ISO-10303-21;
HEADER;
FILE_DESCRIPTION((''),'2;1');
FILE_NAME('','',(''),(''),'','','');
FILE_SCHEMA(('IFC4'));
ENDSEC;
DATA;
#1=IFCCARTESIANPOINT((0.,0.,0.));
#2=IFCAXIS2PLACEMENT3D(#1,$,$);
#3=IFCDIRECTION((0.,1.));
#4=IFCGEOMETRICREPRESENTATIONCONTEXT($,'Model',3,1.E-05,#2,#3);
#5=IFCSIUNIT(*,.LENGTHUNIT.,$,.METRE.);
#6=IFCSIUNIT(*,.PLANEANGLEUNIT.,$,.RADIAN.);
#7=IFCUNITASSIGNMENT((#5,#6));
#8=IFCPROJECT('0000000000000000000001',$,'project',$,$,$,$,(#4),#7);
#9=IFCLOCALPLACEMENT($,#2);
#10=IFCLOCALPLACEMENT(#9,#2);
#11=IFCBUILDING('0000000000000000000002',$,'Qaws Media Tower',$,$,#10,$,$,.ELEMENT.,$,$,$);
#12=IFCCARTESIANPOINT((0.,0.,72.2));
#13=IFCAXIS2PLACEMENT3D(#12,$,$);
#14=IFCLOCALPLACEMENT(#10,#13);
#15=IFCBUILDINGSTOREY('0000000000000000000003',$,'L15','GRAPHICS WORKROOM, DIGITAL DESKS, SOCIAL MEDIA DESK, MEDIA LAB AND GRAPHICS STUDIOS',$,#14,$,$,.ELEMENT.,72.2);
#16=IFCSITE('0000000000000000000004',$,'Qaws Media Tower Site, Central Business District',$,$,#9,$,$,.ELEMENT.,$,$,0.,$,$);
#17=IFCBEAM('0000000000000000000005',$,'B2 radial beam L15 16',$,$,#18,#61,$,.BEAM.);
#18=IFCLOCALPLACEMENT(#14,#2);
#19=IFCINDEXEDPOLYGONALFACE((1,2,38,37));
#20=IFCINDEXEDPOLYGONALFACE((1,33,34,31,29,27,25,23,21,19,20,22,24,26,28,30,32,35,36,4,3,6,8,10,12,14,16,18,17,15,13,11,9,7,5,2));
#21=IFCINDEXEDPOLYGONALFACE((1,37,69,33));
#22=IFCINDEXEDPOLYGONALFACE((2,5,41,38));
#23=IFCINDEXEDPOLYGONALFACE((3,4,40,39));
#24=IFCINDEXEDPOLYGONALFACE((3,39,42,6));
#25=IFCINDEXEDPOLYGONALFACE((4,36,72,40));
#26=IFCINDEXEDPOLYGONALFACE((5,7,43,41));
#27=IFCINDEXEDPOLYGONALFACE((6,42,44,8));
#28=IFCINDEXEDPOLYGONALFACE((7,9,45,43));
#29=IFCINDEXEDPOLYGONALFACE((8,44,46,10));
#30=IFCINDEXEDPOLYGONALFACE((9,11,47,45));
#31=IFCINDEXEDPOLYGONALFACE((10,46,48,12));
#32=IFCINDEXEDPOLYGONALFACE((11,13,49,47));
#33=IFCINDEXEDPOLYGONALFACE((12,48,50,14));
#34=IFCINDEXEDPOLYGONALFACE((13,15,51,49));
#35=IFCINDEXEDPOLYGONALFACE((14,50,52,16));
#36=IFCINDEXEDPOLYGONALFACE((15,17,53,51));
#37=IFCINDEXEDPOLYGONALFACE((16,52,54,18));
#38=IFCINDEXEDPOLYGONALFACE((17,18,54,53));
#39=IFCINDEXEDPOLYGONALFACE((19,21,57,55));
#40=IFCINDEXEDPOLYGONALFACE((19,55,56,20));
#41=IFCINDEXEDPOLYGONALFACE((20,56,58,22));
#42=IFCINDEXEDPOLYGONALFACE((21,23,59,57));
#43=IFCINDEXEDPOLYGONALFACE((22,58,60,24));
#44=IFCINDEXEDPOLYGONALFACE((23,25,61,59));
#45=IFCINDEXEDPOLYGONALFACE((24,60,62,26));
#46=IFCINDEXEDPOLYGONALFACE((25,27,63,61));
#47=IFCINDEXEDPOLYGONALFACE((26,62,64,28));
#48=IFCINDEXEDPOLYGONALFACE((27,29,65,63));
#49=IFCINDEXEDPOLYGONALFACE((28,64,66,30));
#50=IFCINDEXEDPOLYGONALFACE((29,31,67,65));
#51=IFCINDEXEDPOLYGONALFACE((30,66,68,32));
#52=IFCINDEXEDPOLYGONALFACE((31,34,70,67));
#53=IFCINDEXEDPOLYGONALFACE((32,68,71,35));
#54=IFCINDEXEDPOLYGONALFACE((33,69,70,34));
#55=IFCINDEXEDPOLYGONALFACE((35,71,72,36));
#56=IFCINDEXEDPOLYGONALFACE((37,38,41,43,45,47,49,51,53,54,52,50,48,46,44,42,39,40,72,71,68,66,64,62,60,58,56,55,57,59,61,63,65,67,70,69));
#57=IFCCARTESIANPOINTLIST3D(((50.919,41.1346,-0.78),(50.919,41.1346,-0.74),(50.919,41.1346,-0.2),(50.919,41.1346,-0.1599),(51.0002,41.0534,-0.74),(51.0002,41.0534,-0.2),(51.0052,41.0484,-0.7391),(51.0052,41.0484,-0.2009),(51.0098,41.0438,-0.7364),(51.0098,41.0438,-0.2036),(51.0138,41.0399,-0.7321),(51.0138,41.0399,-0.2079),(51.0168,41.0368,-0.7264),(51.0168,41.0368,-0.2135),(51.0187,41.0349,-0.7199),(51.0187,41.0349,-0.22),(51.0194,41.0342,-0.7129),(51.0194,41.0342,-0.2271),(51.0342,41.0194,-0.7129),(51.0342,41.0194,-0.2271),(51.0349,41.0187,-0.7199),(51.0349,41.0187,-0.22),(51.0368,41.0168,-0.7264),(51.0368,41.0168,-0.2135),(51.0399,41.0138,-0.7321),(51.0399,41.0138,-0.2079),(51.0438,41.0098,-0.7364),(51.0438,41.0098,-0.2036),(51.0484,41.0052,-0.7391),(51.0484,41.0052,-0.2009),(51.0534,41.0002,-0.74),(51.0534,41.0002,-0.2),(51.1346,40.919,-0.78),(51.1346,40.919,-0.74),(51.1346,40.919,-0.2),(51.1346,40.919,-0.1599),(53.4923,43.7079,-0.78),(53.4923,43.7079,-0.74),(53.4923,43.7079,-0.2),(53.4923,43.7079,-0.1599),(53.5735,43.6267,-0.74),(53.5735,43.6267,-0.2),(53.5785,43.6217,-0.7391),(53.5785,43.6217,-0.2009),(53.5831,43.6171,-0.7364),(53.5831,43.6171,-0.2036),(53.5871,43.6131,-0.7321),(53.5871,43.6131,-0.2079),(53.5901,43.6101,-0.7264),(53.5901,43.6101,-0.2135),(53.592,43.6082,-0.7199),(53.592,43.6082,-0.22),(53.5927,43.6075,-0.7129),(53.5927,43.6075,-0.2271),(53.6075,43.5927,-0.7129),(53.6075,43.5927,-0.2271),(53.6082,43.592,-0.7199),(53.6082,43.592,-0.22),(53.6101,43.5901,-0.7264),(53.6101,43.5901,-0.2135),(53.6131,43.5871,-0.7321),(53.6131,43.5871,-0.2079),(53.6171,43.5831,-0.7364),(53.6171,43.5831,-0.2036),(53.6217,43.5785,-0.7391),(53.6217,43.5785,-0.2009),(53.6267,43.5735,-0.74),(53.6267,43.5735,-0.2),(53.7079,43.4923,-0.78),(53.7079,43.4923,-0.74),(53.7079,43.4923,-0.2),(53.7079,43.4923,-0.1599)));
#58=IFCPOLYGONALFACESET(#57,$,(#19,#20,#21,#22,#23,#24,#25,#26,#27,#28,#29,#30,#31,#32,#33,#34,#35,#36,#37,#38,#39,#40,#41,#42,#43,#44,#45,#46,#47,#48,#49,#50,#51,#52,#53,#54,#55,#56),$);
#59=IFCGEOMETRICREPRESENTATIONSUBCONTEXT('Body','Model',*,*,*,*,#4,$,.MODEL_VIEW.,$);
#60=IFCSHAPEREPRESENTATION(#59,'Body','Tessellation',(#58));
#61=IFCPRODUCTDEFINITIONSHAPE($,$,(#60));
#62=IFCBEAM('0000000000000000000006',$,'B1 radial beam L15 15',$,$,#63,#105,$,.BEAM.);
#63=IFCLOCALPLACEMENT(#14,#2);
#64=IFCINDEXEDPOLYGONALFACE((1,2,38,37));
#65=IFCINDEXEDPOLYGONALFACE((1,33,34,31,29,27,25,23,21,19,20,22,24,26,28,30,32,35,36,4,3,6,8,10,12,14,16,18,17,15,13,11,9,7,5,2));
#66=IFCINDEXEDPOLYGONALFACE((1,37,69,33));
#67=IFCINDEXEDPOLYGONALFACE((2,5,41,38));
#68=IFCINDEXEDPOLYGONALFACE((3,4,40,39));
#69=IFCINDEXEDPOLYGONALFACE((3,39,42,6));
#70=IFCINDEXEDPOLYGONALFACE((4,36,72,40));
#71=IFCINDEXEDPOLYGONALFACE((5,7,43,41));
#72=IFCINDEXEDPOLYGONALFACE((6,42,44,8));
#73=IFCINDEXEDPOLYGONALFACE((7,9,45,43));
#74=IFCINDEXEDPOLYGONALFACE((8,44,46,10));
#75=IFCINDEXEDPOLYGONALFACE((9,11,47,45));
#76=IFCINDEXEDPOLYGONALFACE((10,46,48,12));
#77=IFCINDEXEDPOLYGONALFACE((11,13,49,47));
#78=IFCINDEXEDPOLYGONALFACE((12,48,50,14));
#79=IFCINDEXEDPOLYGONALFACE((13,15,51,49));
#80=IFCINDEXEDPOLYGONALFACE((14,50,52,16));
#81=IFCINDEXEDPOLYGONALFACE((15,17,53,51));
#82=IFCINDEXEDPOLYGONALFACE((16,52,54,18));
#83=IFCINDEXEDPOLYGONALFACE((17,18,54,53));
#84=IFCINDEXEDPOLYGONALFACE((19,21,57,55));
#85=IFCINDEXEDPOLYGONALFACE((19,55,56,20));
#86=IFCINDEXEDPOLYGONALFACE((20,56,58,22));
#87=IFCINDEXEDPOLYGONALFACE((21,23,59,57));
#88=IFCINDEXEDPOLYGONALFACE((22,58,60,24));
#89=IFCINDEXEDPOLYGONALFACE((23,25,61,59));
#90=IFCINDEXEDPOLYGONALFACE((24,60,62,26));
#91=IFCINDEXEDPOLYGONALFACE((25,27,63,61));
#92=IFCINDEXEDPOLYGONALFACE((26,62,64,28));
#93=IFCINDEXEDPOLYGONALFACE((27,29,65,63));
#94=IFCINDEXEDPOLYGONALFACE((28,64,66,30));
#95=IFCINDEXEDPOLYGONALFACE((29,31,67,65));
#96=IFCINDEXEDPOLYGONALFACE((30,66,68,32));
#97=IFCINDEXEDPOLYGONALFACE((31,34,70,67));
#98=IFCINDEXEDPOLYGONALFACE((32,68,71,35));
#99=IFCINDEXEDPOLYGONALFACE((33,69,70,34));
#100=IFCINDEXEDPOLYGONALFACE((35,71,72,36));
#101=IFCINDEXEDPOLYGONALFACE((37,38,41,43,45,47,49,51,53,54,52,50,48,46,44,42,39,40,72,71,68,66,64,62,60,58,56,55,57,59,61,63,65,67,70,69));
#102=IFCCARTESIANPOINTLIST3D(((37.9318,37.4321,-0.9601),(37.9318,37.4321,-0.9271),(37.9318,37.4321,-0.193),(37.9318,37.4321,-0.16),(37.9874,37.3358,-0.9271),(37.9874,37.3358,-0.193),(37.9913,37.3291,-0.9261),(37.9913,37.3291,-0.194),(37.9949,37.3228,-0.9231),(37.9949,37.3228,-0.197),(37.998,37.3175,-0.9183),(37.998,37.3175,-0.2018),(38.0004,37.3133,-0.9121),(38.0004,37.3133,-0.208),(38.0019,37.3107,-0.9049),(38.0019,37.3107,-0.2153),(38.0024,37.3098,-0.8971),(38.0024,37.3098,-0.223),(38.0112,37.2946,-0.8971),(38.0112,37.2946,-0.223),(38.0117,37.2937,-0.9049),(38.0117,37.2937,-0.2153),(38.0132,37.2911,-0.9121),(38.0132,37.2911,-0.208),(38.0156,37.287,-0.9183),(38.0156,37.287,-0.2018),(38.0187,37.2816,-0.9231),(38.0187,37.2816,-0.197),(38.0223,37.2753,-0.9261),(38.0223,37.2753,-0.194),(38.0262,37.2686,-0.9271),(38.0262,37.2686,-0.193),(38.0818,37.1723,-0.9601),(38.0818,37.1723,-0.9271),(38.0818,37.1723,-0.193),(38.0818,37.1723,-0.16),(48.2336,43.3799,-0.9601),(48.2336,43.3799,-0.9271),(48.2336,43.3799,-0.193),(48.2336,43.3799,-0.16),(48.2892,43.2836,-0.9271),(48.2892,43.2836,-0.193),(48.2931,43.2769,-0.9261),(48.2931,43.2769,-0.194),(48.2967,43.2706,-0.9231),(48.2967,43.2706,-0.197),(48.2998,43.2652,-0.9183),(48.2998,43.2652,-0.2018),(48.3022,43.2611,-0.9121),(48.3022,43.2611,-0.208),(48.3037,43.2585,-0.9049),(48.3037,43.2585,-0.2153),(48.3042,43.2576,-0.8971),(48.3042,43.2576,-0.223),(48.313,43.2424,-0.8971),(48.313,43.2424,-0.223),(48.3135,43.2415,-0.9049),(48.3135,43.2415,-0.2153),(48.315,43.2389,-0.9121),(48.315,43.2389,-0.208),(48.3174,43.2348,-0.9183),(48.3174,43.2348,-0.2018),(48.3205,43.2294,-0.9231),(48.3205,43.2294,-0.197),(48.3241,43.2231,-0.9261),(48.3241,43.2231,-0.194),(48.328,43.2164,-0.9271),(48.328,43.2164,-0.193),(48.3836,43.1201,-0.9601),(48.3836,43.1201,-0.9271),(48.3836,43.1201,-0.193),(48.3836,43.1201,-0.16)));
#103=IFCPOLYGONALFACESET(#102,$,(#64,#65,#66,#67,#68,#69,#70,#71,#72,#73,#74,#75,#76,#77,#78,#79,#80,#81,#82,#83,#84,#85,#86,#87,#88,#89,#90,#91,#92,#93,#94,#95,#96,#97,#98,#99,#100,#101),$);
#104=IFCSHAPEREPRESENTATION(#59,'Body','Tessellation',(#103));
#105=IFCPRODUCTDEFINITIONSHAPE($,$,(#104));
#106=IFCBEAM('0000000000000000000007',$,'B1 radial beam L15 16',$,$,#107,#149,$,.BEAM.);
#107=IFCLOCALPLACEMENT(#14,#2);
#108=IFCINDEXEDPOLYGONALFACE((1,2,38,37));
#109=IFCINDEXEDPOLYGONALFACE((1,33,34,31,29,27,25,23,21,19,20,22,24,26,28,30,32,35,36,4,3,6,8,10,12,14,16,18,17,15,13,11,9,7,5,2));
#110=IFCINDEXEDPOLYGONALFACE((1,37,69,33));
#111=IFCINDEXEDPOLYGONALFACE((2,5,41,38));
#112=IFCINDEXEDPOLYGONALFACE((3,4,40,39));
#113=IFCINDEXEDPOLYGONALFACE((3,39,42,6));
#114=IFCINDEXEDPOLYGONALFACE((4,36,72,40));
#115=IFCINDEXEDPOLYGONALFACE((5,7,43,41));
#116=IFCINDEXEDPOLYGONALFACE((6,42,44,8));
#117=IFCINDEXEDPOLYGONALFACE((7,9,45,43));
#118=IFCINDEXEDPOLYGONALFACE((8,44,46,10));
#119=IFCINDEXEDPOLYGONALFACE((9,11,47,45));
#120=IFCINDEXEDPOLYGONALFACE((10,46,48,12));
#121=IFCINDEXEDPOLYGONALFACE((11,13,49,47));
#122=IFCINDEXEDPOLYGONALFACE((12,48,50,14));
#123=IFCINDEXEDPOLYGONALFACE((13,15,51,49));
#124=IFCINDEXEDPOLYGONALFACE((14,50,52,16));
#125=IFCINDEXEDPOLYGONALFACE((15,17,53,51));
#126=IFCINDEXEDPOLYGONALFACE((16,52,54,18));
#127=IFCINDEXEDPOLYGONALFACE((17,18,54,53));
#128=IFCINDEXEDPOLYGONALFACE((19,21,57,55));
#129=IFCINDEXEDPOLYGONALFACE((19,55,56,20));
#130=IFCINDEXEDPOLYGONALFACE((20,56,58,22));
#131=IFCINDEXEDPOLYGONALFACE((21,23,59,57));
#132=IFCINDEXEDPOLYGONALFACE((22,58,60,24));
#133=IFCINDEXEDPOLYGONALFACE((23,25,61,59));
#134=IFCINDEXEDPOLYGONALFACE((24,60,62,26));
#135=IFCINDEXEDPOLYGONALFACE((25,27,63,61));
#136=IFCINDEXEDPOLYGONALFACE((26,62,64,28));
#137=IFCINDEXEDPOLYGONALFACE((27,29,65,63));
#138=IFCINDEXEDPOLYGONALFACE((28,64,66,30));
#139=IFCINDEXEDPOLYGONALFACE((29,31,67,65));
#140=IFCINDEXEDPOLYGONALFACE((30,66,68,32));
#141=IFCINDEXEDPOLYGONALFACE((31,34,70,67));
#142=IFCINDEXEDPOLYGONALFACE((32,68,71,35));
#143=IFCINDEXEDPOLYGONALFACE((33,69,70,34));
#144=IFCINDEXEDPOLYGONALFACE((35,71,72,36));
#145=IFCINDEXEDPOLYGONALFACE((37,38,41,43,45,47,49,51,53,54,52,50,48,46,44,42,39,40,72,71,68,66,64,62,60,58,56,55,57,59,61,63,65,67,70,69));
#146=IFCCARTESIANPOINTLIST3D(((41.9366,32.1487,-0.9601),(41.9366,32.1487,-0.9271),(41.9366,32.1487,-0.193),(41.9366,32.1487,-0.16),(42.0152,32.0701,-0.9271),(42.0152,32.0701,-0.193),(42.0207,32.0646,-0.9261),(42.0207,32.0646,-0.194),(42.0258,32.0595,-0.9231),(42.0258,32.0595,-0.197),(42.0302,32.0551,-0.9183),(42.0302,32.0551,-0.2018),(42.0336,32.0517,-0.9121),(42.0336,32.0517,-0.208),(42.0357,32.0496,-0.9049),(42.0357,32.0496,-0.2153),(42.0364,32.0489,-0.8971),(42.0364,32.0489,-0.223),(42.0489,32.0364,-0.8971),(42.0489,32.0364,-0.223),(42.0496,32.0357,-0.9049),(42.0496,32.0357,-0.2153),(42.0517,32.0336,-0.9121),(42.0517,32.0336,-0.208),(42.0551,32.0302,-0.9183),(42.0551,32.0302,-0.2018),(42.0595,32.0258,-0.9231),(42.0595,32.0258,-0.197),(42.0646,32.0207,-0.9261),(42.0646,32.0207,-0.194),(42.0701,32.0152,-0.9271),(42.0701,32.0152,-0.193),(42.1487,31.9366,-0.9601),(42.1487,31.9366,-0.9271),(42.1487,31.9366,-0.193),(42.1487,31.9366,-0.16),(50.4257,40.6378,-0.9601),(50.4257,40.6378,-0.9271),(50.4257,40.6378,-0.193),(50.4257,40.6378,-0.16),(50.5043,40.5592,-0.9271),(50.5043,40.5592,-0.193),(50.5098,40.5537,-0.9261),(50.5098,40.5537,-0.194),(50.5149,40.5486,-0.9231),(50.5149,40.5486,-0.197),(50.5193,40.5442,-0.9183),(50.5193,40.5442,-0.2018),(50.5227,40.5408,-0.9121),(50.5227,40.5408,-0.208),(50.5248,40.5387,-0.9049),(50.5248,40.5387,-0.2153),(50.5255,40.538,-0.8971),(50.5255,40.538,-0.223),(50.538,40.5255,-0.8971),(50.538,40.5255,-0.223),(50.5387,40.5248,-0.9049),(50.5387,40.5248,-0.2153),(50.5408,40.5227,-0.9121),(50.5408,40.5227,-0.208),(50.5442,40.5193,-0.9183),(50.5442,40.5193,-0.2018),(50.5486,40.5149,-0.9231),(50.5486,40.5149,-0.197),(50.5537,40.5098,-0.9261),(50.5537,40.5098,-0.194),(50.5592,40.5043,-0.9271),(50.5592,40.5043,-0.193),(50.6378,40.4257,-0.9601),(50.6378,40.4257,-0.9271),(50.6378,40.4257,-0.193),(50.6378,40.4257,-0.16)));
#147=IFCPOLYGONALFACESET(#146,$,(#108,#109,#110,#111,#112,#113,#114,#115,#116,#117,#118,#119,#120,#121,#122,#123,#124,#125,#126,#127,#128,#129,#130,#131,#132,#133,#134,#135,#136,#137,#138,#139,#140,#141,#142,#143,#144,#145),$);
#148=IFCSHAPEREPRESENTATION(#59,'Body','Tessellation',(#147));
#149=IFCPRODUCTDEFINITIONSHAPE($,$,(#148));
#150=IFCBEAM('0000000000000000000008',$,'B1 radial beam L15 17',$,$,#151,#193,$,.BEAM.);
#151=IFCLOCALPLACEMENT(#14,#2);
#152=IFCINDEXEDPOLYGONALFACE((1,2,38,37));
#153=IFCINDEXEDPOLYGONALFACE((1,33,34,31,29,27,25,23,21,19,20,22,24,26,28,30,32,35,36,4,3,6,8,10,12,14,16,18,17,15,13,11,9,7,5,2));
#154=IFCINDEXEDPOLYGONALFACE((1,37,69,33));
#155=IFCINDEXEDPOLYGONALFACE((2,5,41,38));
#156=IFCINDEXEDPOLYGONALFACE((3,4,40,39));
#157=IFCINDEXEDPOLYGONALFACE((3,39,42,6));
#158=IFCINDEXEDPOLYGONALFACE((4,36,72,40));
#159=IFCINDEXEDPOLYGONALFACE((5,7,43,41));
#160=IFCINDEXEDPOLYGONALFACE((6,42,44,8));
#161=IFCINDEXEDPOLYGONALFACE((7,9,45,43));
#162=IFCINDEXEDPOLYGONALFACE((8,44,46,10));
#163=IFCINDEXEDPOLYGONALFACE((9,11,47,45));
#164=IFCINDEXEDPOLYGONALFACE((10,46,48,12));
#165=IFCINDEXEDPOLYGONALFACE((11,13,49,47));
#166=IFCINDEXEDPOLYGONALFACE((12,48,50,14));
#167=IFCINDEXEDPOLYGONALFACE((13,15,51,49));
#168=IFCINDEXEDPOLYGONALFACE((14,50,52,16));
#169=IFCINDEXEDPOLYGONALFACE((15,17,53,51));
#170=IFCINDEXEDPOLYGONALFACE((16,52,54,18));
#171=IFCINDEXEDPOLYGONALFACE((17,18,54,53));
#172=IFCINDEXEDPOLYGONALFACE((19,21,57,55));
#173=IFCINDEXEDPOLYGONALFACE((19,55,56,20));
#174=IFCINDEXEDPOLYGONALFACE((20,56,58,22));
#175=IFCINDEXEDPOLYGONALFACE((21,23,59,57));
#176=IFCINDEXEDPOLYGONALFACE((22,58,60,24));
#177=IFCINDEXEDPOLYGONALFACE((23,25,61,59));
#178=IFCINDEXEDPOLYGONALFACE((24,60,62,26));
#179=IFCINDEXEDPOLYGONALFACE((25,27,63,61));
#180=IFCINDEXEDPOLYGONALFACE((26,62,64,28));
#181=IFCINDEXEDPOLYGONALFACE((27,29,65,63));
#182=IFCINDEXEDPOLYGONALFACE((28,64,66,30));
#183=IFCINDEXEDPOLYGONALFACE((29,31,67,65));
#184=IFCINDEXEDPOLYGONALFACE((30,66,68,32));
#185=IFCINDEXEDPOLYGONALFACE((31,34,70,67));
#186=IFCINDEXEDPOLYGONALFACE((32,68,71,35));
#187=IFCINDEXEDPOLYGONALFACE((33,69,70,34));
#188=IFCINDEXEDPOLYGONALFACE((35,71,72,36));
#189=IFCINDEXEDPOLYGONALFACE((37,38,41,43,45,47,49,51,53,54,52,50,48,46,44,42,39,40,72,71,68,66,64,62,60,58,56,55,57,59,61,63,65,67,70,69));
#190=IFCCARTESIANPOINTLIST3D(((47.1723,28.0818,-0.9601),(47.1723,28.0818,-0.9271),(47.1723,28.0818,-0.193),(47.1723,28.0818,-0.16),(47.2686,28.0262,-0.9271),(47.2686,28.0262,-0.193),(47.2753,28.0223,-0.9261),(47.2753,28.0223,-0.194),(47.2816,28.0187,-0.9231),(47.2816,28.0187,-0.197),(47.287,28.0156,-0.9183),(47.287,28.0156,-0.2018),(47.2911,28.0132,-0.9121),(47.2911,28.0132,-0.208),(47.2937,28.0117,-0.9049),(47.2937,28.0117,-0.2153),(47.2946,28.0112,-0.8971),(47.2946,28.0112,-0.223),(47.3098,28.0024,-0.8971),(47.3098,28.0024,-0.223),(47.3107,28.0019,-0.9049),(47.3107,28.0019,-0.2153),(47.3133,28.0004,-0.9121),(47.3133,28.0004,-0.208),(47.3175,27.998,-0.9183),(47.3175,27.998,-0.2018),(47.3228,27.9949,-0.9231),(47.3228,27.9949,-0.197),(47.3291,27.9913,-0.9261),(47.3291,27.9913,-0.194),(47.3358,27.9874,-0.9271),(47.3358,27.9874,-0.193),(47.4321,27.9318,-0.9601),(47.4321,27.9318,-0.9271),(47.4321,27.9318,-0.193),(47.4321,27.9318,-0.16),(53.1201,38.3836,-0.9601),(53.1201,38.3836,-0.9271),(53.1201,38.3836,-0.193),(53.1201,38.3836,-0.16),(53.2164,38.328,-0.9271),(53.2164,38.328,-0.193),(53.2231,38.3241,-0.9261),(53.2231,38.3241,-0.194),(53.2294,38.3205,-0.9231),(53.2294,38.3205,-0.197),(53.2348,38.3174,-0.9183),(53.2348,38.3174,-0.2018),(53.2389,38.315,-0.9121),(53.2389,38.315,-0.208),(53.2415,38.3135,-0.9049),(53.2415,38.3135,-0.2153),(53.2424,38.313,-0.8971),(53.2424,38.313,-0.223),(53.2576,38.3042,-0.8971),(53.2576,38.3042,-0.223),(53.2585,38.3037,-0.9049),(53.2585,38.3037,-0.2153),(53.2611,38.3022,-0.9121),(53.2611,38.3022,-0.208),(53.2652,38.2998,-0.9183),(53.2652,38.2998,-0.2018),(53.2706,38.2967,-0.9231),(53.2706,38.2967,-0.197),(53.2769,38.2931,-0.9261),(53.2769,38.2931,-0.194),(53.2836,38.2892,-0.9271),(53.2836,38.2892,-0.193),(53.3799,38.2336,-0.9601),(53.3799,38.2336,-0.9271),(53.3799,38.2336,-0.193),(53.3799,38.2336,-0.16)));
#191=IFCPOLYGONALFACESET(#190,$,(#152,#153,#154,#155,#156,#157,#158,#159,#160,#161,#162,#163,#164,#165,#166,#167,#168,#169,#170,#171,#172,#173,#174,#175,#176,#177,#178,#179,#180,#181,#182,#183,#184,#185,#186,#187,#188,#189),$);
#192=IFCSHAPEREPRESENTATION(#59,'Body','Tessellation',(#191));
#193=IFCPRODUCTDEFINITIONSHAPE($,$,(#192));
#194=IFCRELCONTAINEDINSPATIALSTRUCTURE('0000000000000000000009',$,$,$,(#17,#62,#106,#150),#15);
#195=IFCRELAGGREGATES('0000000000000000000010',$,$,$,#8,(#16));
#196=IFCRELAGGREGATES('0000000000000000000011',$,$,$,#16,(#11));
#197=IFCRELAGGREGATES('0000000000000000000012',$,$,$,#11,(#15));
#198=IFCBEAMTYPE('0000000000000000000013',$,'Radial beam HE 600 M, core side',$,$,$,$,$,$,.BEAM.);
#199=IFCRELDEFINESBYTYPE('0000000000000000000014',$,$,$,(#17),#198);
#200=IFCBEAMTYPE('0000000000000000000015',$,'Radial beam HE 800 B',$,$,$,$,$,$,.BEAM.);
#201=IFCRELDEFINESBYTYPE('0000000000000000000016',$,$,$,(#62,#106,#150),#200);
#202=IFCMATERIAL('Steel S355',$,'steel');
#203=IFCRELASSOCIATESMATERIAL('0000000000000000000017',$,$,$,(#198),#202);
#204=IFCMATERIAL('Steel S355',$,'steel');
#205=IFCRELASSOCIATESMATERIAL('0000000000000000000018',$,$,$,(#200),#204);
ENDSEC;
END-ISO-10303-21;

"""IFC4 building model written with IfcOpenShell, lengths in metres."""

from ifc_helpers import new_model, si_unit, direction, frame, origin, origin_2d, place, context, subcontext, project, spatial, i_section, extrude, material, material_profile, profile_set, type_object, element, save


model = new_model("IFC4")

# Units and contexts
model_context = context("Model", 3, precision=1e-05, world=origin(), true_north=direction((0.0, 1.0)))
body_context = subcontext(model_context, "Body", "Model", "MODEL_VIEW")
ifc_project = project(units=[si_unit("LENGTHUNIT", "METRE"), si_unit("PLANEANGLEUNIT", "RADIAN")], contexts=[model_context])

# Site, building, storey
site_placement = place(None, origin())
site = spatial("IfcSite", under=ifc_project, at=site_placement, Name="Qaws Media Tower Site, Central Business District", CompositionType="ELEMENT", RefElevation=0.0)
building_placement = place(site_placement, origin())
building = spatial("IfcBuilding", under=site, at=building_placement, Name="Qaws Media Tower", CompositionType="ELEMENT")
storey_placement = place(building_placement, frame((0.0, 0.0, 72.2)))
storey = spatial("IfcBuildingStorey", under=building, at=storey_placement, Name="L15", Description="GRAPHICS WORKROOM, DIGITAL DESKS, SOCIAL MEDIA DESK, MEDIA LAB AND GRAPHICS STUDIOS", CompositionType="ELEMENT", Elevation=72.2)

# Beams
ifc_material_1 = material(Name="Steel S355", Category="steel")
ifc_material_profile_1 = material_profile(ifc_material_1, i_section(OverallWidth=0.3049, OverallDepth=0.6201, WebThickness=0.021, FlangeThickness=0.04, FilletRadius=0.0271, at=origin_2d()), Name="HE 600 M")
ifc_profile_set_1 = profile_set([ifc_material_profile_1], Name="Steel S355")
beam_type_1 = type_object("IfcBeamType", Name="Radial beam HE 600 M, core side", PredefinedType="BEAM", material=ifc_profile_set_1)
beam_1_placement = place(storey_placement, frame((53.6001, 43.6001, -0.47), z_axis=(-0.707107, -0.707107, 0.0), x_axis=(0.707107, -0.707107, 0.0)))
element("IfcBeam", 1, at=beam_1_placement, inside=storey, type_object=beam_type_1, Name="B2 radial beam L15 16", PredefinedType="BEAM", context=body_context, shape_type="SweptSolid", body=[
    extrude(i_section(OverallWidth=0.3049, OverallDepth=0.6201, WebThickness=0.021, FlangeThickness=0.04, FilletRadius=0.0271, at=origin_2d()), origin(), (0.0, 0.0, 1.0), 3.6392),
])
ifc_material_2 = material(Name="Steel S355", Category="steel")
ifc_material_profile_2 = material_profile(ifc_material_2, i_section(OverallWidth=0.3, OverallDepth=0.8, WebThickness=0.0176, FlangeThickness=0.033, FilletRadius=0.03, at=origin_2d()), Name="HE 800 B")
ifc_profile_set_2 = profile_set([ifc_material_profile_2], Name="Steel S355")
beam_type_2 = type_object("IfcBeamType", Name="Radial beam HE 800 B", PredefinedType="BEAM", material=ifc_profile_set_2)
beam_2_placement = place(storey_placement, frame((48.3086, 43.25, -0.5601), z_axis=(-0.866024, -0.500002, 0.0), x_axis=(0.500002, -0.866024, 0.0)))
element("IfcBeam", 2, at=beam_2_placement, inside=storey, type_object=beam_type_2, Name="B1 radial beam L15 15", PredefinedType="BEAM", context=body_context, shape_type="SweptSolid", body=[
    extrude(i_section(OverallWidth=0.3, OverallDepth=0.8, WebThickness=0.0176, FlangeThickness=0.033, FilletRadius=0.03, at=origin_2d()), origin(), (0.0, 0.0, 1.0), 11.8955),
])
beam_3_placement = place(storey_placement, frame((50.5317, 40.5317, -0.5601), z_axis=(-0.707107, -0.707107, 0.0), x_axis=(0.707107, -0.707107, 0.0)))
element("IfcBeam", 3, at=beam_3_placement, inside=storey, type_object=beam_type_2, Name="B1 radial beam L15 16", PredefinedType="BEAM", context=body_context, shape_type="SweptSolid", body=[
    extrude(i_section(OverallWidth=0.3, OverallDepth=0.8, WebThickness=0.0176, FlangeThickness=0.033, FilletRadius=0.03, at=origin_2d()), origin(), (0.0, 0.0, 1.0), 12.0054),
])
beam_4_placement = place(storey_placement, frame((53.25, 38.3086, -0.5601), z_axis=(-0.500002, -0.866024, 0.0), x_axis=(0.866024, -0.500002, 0.0)))
element("IfcBeam", 4, at=beam_4_placement, inside=storey, type_object=beam_type_2, Name="B1 radial beam L15 17", PredefinedType="BEAM", context=body_context, shape_type="SweptSolid", body=[
    extrude(i_section(OverallWidth=0.3, OverallDepth=0.8, WebThickness=0.0176, FlangeThickness=0.033, FilletRadius=0.03, at=origin_2d()), origin(), (0.0, 0.0, 1.0), 11.8955),
])

save(model, "model.ifc")
